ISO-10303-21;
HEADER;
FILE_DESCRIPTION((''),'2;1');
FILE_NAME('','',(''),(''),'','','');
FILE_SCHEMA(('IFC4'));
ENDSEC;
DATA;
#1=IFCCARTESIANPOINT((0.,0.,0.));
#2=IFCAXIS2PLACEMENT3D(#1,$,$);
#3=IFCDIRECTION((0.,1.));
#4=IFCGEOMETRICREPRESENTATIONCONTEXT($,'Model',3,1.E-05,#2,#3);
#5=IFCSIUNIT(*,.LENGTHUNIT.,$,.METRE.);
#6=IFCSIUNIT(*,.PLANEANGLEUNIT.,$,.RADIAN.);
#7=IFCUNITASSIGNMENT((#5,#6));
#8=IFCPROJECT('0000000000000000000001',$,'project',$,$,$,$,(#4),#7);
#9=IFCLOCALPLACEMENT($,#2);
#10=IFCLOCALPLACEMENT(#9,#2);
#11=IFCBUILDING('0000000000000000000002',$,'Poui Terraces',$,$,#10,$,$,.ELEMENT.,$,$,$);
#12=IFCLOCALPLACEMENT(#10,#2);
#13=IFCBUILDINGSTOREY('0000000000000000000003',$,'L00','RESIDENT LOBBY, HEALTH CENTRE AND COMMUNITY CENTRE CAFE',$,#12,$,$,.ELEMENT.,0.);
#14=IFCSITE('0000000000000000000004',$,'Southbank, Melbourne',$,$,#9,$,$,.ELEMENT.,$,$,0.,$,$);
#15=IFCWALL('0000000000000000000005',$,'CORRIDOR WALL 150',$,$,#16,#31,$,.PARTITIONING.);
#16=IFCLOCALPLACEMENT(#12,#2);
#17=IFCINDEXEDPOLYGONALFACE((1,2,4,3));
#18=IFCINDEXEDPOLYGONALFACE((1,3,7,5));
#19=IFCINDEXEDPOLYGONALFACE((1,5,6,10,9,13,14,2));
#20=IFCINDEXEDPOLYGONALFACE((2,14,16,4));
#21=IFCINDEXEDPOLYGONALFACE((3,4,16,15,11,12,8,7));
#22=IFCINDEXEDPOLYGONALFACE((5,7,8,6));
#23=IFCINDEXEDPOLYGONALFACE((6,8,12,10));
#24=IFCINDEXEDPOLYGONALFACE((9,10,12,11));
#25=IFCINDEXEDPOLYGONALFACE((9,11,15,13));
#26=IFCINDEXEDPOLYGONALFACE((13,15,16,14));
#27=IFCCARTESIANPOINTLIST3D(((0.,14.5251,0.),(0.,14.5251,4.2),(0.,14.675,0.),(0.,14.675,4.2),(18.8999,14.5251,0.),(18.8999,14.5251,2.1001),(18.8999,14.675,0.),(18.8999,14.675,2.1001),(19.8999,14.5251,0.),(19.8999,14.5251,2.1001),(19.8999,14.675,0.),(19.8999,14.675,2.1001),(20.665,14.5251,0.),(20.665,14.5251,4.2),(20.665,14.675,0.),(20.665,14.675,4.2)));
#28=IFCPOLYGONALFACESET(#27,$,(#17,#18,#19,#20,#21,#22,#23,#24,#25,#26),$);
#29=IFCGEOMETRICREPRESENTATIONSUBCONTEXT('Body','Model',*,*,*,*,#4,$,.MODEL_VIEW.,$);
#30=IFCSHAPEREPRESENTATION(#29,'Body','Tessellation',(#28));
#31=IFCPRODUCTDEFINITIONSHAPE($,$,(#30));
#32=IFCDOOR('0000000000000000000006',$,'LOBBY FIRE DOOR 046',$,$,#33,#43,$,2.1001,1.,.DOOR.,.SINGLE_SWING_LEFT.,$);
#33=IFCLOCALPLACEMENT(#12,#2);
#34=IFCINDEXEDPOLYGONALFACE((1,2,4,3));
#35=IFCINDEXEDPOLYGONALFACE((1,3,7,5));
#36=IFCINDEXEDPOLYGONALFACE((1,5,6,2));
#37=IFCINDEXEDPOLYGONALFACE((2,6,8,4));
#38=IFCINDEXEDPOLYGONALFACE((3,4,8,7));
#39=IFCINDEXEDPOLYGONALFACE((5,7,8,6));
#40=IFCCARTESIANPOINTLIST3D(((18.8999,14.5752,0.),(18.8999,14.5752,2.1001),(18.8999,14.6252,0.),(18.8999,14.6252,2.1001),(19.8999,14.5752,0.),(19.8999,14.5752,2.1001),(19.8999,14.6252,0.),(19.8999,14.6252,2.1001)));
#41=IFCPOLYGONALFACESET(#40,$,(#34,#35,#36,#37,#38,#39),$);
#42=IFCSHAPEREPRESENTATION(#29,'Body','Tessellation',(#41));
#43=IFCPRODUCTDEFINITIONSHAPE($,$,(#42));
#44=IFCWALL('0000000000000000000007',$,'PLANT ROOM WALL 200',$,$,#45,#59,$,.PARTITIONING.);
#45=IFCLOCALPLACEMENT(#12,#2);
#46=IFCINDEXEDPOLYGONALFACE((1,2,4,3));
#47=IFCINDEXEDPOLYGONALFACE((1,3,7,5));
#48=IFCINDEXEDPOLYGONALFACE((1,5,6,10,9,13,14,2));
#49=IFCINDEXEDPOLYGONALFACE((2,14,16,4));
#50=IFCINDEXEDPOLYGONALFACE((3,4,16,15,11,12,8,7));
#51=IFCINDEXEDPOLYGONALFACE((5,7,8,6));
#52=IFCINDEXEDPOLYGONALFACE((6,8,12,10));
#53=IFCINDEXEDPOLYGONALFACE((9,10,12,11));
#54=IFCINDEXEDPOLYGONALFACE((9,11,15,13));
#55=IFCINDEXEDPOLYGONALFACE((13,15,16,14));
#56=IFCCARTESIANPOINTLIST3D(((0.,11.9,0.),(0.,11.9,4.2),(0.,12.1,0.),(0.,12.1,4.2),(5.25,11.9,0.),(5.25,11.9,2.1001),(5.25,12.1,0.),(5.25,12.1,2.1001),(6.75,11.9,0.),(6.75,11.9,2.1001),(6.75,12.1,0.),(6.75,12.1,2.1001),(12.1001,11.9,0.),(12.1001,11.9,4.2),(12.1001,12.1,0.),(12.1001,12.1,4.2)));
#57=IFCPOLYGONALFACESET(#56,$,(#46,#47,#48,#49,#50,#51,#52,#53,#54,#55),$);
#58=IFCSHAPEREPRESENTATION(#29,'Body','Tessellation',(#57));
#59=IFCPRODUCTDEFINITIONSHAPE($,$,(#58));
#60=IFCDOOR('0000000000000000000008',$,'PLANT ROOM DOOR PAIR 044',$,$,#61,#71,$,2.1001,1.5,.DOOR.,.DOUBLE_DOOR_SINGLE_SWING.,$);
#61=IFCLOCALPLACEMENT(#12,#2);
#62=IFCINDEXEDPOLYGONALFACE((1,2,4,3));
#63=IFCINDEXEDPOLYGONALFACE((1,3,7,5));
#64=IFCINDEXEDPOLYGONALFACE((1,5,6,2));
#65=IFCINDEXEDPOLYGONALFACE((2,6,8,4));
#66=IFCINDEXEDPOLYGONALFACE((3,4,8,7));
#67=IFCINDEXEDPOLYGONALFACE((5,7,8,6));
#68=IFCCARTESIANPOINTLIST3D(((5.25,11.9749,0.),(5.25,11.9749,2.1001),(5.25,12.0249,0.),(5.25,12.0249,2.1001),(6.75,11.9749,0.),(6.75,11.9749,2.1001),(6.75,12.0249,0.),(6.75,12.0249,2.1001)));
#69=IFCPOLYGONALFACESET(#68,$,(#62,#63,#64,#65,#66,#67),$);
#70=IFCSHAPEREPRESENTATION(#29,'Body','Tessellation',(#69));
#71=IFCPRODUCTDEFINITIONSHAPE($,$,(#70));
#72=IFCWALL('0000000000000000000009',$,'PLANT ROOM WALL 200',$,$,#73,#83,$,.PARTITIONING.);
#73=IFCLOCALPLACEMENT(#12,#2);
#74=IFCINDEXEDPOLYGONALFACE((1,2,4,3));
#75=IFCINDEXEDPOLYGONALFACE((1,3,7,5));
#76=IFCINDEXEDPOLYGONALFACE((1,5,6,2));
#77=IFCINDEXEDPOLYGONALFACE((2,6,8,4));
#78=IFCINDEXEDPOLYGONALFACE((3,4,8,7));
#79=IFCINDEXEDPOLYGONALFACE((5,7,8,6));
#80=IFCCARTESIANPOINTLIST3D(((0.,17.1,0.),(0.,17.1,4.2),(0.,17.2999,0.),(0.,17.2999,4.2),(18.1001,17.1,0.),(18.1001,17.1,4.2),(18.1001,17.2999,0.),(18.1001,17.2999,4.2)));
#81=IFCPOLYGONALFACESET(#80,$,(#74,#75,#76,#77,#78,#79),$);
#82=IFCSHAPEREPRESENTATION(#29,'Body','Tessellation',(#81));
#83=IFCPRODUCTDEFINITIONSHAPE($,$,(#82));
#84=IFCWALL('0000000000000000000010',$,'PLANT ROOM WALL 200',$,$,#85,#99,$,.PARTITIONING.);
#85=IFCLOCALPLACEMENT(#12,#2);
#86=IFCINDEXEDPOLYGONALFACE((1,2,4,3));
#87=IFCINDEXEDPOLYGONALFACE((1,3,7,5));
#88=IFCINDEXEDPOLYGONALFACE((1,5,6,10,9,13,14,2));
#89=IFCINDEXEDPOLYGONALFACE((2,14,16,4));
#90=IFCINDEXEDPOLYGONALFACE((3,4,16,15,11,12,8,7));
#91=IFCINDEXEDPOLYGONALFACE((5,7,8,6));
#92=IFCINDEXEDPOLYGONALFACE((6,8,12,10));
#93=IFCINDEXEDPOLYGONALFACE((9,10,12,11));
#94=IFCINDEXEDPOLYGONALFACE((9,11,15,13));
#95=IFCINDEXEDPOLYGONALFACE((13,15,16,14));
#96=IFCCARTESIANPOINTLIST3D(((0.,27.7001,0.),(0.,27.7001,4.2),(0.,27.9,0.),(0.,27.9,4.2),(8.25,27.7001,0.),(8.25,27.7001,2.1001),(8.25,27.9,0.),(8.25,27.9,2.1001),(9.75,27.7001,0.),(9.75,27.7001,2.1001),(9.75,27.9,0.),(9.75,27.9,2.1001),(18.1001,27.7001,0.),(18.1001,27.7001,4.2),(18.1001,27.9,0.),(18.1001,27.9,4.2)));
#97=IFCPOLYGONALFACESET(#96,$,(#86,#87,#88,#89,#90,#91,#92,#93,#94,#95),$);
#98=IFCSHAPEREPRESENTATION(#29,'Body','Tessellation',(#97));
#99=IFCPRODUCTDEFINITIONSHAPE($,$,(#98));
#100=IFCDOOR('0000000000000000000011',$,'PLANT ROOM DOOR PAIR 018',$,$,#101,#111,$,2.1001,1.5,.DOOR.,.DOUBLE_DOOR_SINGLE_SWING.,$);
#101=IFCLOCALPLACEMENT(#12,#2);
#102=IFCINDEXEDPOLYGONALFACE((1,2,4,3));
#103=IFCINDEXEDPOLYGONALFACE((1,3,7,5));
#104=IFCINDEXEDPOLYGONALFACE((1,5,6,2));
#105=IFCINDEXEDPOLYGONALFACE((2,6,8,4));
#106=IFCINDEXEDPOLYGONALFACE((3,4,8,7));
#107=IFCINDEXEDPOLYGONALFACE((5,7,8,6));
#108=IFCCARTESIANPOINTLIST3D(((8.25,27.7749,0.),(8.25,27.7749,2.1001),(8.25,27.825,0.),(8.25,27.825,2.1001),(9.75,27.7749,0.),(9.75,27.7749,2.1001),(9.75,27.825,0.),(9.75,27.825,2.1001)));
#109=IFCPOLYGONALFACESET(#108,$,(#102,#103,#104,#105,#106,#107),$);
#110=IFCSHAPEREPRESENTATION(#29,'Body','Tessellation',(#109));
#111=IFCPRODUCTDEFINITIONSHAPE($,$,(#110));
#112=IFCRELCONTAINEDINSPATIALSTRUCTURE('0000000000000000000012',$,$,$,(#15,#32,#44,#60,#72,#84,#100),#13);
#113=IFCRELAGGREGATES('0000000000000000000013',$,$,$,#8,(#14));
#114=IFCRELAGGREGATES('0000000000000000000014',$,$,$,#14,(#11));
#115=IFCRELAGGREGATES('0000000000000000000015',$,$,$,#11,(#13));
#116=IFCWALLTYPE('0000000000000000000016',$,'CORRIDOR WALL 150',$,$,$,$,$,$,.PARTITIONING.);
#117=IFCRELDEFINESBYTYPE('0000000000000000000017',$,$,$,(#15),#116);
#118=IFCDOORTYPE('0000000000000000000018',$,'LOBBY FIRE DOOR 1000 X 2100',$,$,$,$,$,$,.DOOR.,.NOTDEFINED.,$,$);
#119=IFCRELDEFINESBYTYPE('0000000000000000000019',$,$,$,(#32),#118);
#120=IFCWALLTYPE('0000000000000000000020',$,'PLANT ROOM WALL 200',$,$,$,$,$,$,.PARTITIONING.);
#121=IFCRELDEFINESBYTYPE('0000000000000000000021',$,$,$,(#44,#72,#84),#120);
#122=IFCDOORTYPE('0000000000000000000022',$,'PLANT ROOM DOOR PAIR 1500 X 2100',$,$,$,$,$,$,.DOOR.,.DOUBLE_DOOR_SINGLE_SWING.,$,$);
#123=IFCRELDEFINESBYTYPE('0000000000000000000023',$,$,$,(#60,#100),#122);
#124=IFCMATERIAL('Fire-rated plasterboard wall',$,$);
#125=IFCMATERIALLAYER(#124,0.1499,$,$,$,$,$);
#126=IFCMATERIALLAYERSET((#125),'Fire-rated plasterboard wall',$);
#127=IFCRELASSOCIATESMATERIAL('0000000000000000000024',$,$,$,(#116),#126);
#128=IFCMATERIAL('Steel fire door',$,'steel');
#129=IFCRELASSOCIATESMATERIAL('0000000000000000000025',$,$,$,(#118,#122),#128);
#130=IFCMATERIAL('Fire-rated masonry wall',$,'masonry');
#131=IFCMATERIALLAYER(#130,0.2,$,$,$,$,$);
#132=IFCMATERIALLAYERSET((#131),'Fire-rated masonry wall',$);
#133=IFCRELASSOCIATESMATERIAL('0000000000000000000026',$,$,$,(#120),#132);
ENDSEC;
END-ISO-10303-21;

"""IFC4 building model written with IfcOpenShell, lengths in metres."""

from ifc_helpers import new_model, si_unit, direction, frame, frame_2d, origin, place, context, subcontext, project, spatial, rectangle, extrude, material, layer, layer_set, type_object, element, fill, save


model = new_model("IFC4")

# Units and contexts
model_context = context("Model", 3, precision=1e-05, world=origin(), true_north=direction((0.0, 1.0)))
body_context = subcontext(model_context, "Body", "Model", "MODEL_VIEW")
ifc_project = project(units=[si_unit("LENGTHUNIT", "METRE"), si_unit("PLANEANGLEUNIT", "RADIAN")], contexts=[model_context])

# Site, building, storey
site_placement = place(None, origin())
site = spatial("IfcSite", under=ifc_project, at=site_placement, Name="Southbank, Melbourne", CompositionType="ELEMENT", RefElevation=0.0)
building_placement = place(site_placement, origin())
building = spatial("IfcBuilding", under=site, at=building_placement, Name="Poui Terraces", CompositionType="ELEMENT")
storey_placement = place(building_placement, origin())
storey = spatial("IfcBuildingStorey", under=building, at=storey_placement, Name="L00", Description="RESIDENT LOBBY, HEALTH CENTRE AND COMMUNITY CENTRE CAFE", CompositionType="ELEMENT", Elevation=0.0)

# Walls, openings, doors
ifc_material_1 = material(Name="Fire-rated plasterboard wall")
ifc_layer_1 = layer(ifc_material_1, 0.1499)
ifc_layer_set_1 = layer_set([ifc_layer_1], Name="Fire-rated plasterboard wall")
wall_type_1 = type_object("IfcWallType", Name="CORRIDOR WALL 150", PredefinedType="PARTITIONING", material=ifc_layer_set_1)
ifc_material_2 = material(Name="Steel fire door", Category="steel")
wall_1_placement = place(storey_placement, frame((0.0, 14.6001, 0.0), z_axis=(0.0, 0.0, 1.0), x_axis=(1.0, 0.0, 0.0)))
wall_1 = element("IfcWall", 1, at=wall_1_placement, inside=storey, type_object=wall_type_1, Name="CORRIDOR WALL 150", PredefinedType="PARTITIONING", context=body_context, shape_type="SweptSolid", body=[
    extrude(rectangle(XDim=20.665, YDim=0.1499, at=frame_2d((10.3325, 0.0))), origin(), (0.0, 0.0, 1.0), 4.2),
])
opening_1_placement = place(wall_1_placement, frame((18.8999, 0.0, 0.0)))
opening_1 = element("IfcOpeningElement", 2, at=opening_1_placement, cuts=wall_1, PredefinedType="OPENING", context=body_context, shape_type="SweptSolid", body=[
    extrude(rectangle(XDim=1.0, YDim=2.1001, at=frame_2d((0.5, 1.05))), frame((0.0, 0.085, 0.0), z_axis=(0.0, -1.0, 0.0), x_axis=(1.0, 0.0, 0.0)), (0.0, 0.0, 1.0), 0.1699),
])
door_type_1 = type_object("IfcDoorType", Name="LOBBY FIRE DOOR 1000 X 2100", OperationType="NOTDEFINED", PredefinedType="DOOR", material=ifc_material_2)
door_1_placement = place(opening_1_placement, frame((1.0, 0.0, 0.0), z_axis=(0.0, 0.0, 1.0), x_axis=(-1.0, 0.0, 0.0)))
door_1 = element("IfcDoor", 3, at=door_1_placement, inside=storey, type_object=door_type_1, Name="LOBBY FIRE DOOR 046", OperationType="SINGLE_SWING_LEFT", OverallHeight=2.1001, OverallWidth=1.0, PredefinedType="DOOR", context=body_context, shape_type="SweptSolid", body=[
    extrude(rectangle(XDim=1.0, YDim=2.1001, at=frame_2d((0.5, 1.05))), frame((0.0, 0.0249, 0.0), z_axis=(0.0, -1.0, 0.0), x_axis=(1.0, 0.0, 0.0)), (0.0, 0.0, 1.0), 0.05),
])
fill(opening_1, door_1)
ifc_material_3 = material(Name="Fire-rated masonry wall", Category="masonry")
ifc_layer_2 = layer(ifc_material_3, 0.2)
ifc_layer_set_2 = layer_set([ifc_layer_2], Name="Fire-rated masonry wall")
wall_type_2 = type_object("IfcWallType", Name="PLANT ROOM WALL 200", PredefinedType="PARTITIONING", material=ifc_layer_set_2)
wall_2_placement = place(storey_placement, frame((0.0, 12.0, 0.0), z_axis=(0.0, 0.0, 1.0), x_axis=(1.0, 0.0, 0.0)))
wall_2 = element("IfcWall", 4, at=wall_2_placement, inside=storey, type_object=wall_type_2, Name="PLANT ROOM WALL 200", PredefinedType="PARTITIONING", context=body_context, shape_type="SweptSolid", body=[
    extrude(rectangle(XDim=12.1001, YDim=0.2, at=frame_2d((6.05, 0.0))), origin(), (0.0, 0.0, 1.0), 4.2),
])
opening_2_placement = place(wall_2_placement, frame((5.25, 0.0, 0.0)))
opening_2 = element("IfcOpeningElement", 5, at=opening_2_placement, cuts=wall_2, PredefinedType="OPENING", context=body_context, shape_type="SweptSolid", body=[
    extrude(rectangle(XDim=1.5, YDim=2.1001, at=frame_2d((0.75, 1.05))), frame((0.0, 0.1099, 0.0), z_axis=(0.0, -1.0, 0.0), x_axis=(1.0, 0.0, 0.0)), (0.0, 0.0, 1.0), 0.22),
])
door_type_2 = type_object("IfcDoorType", Name="PLANT ROOM DOOR PAIR 1500 X 2100", OperationType="DOUBLE_DOOR_SINGLE_SWING", PredefinedType="DOOR", material=ifc_material_2)
door_2_placement = place(opening_2_placement, origin())
door_2 = element("IfcDoor", 6, at=door_2_placement, inside=storey, type_object=door_type_2, Name="PLANT ROOM DOOR PAIR 044", OperationType="DOUBLE_DOOR_SINGLE_SWING", OverallHeight=2.1001, OverallWidth=1.5, PredefinedType="DOOR", context=body_context, shape_type="SweptSolid", body=[
    extrude(rectangle(XDim=1.5, YDim=2.1001, at=frame_2d((0.75, 1.05))), frame((0.0, 0.0249, 0.0), z_axis=(0.0, -1.0, 0.0), x_axis=(1.0, 0.0, 0.0)), (0.0, 0.0, 1.0), 0.05),
])
fill(opening_2, door_2)

# Wall
wall_3_placement = place(storey_placement, frame((0.0, 17.2, 0.0), z_axis=(0.0, 0.0, 1.0), x_axis=(1.0, 0.0, 0.0)))
element("IfcWall", 7, at=wall_3_placement, inside=storey, type_object=wall_type_2, Name="PLANT ROOM WALL 200", PredefinedType="PARTITIONING", context=body_context, shape_type="SweptSolid", body=[
    extrude(rectangle(XDim=18.1001, YDim=0.2, at=frame_2d((9.05, 0.0))), origin(), (0.0, 0.0, 1.0), 4.2),
])

# Wall, opening, door
wall_4_placement = place(storey_placement, frame((0.0, 27.8, 0.0), z_axis=(0.0, 0.0, 1.0), x_axis=(1.0, 0.0, 0.0)))
wall_4 = element("IfcWall", 8, at=wall_4_placement, inside=storey, type_object=wall_type_2, Name="PLANT ROOM WALL 200", PredefinedType="PARTITIONING", context=body_context, shape_type="SweptSolid", body=[
    extrude(rectangle(XDim=18.1001, YDim=0.2, at=frame_2d((9.05, 0.0))), origin(), (0.0, 0.0, 1.0), 4.2),
])
opening_3_placement = place(wall_4_placement, frame((8.25, 0.0, 0.0)))
opening_3 = element("IfcOpeningElement", 9, at=opening_3_placement, cuts=wall_4, PredefinedType="OPENING", context=body_context, shape_type="SweptSolid", body=[
    extrude(rectangle(XDim=1.5, YDim=2.1001, at=frame_2d((0.75, 1.05))), frame((0.0, 0.1099, 0.0), z_axis=(0.0, -1.0, 0.0), x_axis=(1.0, 0.0, 0.0)), (0.0, 0.0, 1.0), 0.22),
])
door_3_placement = place(opening_3_placement, origin())
door_3 = element("IfcDoor", 10, at=door_3_placement, inside=storey, type_object=door_type_2, Name="PLANT ROOM DOOR PAIR 018", OperationType="DOUBLE_DOOR_SINGLE_SWING", OverallHeight=2.1001, OverallWidth=1.5, PredefinedType="DOOR", context=body_context, shape_type="SweptSolid", body=[
    extrude(rectangle(XDim=1.5, YDim=2.1001, at=frame_2d((0.75, 1.05))), frame((0.0, 0.0249, 0.0), z_axis=(0.0, -1.0, 0.0), x_axis=(1.0, 0.0, 0.0)), (0.0, 0.0, 1.0), 0.05),
])
fill(opening_3, door_3)

save(model, "model.ifc")
